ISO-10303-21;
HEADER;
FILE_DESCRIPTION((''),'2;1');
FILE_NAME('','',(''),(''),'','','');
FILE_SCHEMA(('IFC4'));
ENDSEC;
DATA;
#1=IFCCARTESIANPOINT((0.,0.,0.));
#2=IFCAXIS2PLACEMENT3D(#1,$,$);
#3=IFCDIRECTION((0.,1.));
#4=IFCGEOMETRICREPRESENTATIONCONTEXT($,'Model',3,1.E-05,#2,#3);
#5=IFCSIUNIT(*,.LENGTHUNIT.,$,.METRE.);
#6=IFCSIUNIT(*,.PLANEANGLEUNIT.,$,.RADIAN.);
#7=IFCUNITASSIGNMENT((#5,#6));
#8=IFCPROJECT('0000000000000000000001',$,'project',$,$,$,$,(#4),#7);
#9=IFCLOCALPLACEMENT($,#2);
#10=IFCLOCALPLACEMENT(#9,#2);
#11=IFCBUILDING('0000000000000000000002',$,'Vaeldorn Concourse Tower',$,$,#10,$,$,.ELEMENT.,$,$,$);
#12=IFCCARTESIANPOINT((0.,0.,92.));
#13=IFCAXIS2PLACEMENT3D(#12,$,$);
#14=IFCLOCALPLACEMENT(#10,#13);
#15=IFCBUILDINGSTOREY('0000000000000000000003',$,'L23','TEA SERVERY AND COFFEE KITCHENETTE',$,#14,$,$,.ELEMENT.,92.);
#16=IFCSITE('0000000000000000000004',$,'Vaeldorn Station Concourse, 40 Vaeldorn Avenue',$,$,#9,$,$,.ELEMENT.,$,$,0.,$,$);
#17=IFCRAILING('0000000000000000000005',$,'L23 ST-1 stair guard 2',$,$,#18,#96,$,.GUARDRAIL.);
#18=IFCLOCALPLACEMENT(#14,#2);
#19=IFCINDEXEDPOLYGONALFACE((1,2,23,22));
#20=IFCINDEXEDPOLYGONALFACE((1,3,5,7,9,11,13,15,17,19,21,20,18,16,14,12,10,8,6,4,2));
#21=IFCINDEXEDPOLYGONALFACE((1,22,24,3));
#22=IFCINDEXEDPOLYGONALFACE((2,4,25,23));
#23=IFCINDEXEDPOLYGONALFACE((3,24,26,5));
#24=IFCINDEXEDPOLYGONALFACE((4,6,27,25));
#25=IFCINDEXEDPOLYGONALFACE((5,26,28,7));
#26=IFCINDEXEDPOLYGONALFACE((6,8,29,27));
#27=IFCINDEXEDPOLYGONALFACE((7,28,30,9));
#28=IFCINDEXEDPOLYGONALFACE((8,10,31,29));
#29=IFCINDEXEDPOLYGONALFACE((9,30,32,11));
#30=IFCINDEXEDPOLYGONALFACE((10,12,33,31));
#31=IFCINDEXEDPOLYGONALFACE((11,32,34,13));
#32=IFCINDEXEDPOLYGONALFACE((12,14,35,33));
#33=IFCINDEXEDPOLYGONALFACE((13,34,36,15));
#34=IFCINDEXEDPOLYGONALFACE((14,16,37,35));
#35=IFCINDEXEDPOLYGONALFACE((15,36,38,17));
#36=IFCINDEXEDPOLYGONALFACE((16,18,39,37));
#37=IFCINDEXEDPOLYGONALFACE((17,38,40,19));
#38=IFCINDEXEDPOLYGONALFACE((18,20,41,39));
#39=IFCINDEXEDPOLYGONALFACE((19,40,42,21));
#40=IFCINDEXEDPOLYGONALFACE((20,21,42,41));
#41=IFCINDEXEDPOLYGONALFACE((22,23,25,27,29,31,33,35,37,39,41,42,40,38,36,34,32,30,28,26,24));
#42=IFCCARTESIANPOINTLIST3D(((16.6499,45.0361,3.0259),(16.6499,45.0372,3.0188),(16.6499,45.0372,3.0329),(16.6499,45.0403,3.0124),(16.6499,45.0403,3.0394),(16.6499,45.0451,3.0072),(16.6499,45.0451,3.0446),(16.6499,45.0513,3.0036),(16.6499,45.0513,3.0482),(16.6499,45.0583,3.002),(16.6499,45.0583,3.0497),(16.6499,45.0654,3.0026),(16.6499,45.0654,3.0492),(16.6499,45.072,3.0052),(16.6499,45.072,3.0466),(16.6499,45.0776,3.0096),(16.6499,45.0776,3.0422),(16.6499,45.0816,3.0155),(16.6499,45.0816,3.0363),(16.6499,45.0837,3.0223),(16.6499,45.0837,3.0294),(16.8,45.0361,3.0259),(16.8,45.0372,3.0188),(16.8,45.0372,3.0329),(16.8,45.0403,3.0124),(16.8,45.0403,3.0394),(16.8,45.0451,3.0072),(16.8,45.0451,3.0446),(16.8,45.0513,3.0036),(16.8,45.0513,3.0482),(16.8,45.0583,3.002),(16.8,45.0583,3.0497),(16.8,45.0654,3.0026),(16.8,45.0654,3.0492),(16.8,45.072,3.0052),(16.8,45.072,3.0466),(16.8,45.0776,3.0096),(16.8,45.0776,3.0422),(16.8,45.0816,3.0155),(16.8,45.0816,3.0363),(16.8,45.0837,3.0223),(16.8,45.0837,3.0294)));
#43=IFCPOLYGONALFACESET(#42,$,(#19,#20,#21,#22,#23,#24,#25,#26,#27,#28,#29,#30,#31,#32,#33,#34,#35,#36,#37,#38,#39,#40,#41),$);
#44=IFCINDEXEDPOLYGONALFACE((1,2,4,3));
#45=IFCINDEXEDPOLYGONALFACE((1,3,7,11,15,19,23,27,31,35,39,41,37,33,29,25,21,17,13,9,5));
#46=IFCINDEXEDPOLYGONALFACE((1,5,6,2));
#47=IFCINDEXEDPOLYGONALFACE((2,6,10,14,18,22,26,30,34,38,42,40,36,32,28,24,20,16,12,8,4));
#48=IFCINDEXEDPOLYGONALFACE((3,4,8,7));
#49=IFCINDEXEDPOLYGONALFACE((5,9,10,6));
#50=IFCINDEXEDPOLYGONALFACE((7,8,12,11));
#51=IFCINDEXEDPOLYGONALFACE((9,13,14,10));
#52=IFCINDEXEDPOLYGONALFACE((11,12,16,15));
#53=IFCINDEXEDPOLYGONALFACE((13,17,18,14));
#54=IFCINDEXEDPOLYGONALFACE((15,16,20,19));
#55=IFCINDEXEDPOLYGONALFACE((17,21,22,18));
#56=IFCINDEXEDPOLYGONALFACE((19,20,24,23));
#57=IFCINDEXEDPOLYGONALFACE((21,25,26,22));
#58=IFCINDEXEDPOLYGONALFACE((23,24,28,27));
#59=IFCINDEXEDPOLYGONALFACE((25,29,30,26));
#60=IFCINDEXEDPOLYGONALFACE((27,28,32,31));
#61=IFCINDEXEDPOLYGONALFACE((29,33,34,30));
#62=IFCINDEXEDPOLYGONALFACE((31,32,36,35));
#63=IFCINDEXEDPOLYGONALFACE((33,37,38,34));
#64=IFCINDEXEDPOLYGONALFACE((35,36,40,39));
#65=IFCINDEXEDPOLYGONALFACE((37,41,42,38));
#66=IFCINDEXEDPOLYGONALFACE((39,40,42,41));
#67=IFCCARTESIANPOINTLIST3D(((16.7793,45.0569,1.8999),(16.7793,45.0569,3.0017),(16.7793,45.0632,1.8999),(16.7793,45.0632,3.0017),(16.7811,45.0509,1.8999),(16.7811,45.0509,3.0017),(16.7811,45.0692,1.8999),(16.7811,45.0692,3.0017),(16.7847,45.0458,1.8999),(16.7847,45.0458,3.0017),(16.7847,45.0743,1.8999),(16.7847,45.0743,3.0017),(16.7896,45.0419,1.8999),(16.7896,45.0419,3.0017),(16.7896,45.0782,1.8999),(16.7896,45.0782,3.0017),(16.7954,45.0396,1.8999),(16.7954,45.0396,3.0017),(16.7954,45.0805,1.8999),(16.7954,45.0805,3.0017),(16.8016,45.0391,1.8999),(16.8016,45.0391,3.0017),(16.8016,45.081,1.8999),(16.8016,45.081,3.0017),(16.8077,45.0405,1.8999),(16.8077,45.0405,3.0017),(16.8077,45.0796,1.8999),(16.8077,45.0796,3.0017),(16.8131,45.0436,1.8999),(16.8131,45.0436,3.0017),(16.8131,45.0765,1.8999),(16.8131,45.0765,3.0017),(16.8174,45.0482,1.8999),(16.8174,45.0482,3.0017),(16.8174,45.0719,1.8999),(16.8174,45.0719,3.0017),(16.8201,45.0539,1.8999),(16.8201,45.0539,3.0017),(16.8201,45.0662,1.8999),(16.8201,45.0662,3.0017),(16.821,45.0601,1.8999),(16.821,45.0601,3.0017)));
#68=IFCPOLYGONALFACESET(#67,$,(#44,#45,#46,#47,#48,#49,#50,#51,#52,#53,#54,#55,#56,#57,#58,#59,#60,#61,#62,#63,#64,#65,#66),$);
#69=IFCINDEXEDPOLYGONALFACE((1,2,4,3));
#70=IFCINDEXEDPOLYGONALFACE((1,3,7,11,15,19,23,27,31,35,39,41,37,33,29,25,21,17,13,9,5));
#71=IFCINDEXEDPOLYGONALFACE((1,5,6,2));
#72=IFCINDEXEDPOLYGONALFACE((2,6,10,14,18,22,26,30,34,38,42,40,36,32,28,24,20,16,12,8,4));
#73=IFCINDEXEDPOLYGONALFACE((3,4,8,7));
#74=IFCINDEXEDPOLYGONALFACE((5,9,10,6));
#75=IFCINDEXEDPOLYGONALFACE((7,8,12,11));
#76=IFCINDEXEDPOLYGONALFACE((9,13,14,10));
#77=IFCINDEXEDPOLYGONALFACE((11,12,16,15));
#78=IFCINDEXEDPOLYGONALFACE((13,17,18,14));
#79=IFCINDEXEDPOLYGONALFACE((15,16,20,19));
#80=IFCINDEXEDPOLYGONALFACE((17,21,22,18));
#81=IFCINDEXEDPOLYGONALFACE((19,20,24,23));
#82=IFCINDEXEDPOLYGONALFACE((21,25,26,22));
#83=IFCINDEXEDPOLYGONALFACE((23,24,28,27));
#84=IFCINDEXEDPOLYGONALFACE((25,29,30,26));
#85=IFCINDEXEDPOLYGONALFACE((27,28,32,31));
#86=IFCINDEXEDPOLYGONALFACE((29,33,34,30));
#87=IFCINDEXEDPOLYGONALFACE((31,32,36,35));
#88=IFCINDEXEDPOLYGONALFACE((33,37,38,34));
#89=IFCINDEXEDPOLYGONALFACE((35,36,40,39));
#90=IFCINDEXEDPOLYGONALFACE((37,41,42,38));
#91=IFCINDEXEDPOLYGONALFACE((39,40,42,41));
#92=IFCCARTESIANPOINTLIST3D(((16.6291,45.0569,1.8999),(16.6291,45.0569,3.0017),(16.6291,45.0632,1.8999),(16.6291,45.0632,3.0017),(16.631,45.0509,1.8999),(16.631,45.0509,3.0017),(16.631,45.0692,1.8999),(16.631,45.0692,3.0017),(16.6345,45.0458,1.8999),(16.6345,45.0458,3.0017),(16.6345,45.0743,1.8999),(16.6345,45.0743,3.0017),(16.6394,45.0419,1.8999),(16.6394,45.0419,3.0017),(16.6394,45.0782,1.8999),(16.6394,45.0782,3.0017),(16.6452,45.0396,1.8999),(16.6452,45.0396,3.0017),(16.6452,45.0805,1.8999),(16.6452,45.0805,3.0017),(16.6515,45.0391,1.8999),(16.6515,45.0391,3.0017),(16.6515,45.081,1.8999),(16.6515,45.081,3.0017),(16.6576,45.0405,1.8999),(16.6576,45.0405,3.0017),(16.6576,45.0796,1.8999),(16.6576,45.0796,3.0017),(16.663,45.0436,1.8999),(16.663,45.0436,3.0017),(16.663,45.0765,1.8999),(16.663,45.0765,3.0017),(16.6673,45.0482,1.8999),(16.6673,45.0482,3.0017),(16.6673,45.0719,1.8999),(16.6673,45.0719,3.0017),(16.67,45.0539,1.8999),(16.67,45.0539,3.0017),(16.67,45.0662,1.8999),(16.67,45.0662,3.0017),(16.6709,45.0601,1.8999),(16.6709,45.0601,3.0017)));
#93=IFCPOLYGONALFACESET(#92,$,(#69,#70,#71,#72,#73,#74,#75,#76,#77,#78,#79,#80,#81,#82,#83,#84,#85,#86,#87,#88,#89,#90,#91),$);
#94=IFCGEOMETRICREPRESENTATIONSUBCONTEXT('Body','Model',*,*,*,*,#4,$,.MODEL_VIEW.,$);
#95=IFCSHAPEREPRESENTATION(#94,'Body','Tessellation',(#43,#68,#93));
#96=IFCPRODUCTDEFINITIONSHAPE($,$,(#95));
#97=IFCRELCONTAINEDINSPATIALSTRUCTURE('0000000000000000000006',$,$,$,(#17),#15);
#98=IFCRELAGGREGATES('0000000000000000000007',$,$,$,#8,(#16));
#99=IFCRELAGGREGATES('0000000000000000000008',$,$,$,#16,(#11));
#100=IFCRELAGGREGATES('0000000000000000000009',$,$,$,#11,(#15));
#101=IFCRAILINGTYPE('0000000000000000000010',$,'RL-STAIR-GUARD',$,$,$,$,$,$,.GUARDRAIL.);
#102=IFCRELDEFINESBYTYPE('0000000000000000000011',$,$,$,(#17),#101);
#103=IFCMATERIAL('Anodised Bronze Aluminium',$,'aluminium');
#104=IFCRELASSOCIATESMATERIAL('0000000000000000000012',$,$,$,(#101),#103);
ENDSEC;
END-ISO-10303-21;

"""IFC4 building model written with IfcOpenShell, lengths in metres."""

from ifc_helpers import new_model, si_unit, direction, frame, origin, origin_2d, place, context, subcontext, project, spatial, circle, extrude, material, type_object, element, save


model = new_model("IFC4")

# Units and contexts
model_context = context("Model", 3, precision=1e-05, world=origin(), true_north=direction((0.0, 1.0)))
body_context = subcontext(model_context, "Body", "Model", "MODEL_VIEW")
ifc_project = project(units=[si_unit("LENGTHUNIT", "METRE"), si_unit("PLANEANGLEUNIT", "RADIAN")], contexts=[model_context])

# Site, building, storey
site_placement = place(None, origin())
site = spatial("IfcSite", under=ifc_project, at=site_placement, Name="Vaeldorn Station Concourse, 40 Vaeldorn Avenue", CompositionType="ELEMENT", RefElevation=0.0)
building_placement = place(site_placement, origin())
building = spatial("IfcBuilding", under=site, at=building_placement, Name="Vaeldorn Concourse Tower", CompositionType="ELEMENT")
storey_placement = place(building_placement, frame((0.0, 0.0, 92.0)))
storey = spatial("IfcBuildingStorey", under=building, at=storey_placement, Name="L23", Description="TEA SERVERY AND COFFEE KITCHENETTE", CompositionType="ELEMENT", Elevation=92.0)

# Shared definitions
ifc_material_1 = material(Name="Anodised Bronze Aluminium", Category="aluminium")

# Railing
railing_type_1 = type_object("IfcRailingType", Name="RL-STAIR-GUARD", PredefinedType="GUARDRAIL", material=ifc_material_1)
railing_1_placement = place(storey_placement, frame((16.8, 45.0601, 1.8999)))
element("IfcRailing", 1, at=railing_1_placement, inside=storey, type_object=railing_type_1, Name="L23 ST-1 stair guard 2", PredefinedType="GUARDRAIL", context=body_context, shape_type="SweptSolid", body=[
    extrude(circle(Radius=0.0239, at=origin_2d()), frame((0.0, 0.0, 1.126), z_axis=(-1.0, 0.0, 0.0), x_axis=(0.0, -1.0, 0.0)), (0.0, 0.0, 1.0), 0.1501),
    extrude(circle(Radius=0.021, at=origin_2d()), origin(), (0.0, 0.0, 1.0), 1.1018),
    extrude(circle(Radius=0.021, at=origin_2d()), frame((-0.1501, 0.0, 0.0)), (0.0, 0.0, 1.0), 1.1018),
])

save(model, "model.ifc")
